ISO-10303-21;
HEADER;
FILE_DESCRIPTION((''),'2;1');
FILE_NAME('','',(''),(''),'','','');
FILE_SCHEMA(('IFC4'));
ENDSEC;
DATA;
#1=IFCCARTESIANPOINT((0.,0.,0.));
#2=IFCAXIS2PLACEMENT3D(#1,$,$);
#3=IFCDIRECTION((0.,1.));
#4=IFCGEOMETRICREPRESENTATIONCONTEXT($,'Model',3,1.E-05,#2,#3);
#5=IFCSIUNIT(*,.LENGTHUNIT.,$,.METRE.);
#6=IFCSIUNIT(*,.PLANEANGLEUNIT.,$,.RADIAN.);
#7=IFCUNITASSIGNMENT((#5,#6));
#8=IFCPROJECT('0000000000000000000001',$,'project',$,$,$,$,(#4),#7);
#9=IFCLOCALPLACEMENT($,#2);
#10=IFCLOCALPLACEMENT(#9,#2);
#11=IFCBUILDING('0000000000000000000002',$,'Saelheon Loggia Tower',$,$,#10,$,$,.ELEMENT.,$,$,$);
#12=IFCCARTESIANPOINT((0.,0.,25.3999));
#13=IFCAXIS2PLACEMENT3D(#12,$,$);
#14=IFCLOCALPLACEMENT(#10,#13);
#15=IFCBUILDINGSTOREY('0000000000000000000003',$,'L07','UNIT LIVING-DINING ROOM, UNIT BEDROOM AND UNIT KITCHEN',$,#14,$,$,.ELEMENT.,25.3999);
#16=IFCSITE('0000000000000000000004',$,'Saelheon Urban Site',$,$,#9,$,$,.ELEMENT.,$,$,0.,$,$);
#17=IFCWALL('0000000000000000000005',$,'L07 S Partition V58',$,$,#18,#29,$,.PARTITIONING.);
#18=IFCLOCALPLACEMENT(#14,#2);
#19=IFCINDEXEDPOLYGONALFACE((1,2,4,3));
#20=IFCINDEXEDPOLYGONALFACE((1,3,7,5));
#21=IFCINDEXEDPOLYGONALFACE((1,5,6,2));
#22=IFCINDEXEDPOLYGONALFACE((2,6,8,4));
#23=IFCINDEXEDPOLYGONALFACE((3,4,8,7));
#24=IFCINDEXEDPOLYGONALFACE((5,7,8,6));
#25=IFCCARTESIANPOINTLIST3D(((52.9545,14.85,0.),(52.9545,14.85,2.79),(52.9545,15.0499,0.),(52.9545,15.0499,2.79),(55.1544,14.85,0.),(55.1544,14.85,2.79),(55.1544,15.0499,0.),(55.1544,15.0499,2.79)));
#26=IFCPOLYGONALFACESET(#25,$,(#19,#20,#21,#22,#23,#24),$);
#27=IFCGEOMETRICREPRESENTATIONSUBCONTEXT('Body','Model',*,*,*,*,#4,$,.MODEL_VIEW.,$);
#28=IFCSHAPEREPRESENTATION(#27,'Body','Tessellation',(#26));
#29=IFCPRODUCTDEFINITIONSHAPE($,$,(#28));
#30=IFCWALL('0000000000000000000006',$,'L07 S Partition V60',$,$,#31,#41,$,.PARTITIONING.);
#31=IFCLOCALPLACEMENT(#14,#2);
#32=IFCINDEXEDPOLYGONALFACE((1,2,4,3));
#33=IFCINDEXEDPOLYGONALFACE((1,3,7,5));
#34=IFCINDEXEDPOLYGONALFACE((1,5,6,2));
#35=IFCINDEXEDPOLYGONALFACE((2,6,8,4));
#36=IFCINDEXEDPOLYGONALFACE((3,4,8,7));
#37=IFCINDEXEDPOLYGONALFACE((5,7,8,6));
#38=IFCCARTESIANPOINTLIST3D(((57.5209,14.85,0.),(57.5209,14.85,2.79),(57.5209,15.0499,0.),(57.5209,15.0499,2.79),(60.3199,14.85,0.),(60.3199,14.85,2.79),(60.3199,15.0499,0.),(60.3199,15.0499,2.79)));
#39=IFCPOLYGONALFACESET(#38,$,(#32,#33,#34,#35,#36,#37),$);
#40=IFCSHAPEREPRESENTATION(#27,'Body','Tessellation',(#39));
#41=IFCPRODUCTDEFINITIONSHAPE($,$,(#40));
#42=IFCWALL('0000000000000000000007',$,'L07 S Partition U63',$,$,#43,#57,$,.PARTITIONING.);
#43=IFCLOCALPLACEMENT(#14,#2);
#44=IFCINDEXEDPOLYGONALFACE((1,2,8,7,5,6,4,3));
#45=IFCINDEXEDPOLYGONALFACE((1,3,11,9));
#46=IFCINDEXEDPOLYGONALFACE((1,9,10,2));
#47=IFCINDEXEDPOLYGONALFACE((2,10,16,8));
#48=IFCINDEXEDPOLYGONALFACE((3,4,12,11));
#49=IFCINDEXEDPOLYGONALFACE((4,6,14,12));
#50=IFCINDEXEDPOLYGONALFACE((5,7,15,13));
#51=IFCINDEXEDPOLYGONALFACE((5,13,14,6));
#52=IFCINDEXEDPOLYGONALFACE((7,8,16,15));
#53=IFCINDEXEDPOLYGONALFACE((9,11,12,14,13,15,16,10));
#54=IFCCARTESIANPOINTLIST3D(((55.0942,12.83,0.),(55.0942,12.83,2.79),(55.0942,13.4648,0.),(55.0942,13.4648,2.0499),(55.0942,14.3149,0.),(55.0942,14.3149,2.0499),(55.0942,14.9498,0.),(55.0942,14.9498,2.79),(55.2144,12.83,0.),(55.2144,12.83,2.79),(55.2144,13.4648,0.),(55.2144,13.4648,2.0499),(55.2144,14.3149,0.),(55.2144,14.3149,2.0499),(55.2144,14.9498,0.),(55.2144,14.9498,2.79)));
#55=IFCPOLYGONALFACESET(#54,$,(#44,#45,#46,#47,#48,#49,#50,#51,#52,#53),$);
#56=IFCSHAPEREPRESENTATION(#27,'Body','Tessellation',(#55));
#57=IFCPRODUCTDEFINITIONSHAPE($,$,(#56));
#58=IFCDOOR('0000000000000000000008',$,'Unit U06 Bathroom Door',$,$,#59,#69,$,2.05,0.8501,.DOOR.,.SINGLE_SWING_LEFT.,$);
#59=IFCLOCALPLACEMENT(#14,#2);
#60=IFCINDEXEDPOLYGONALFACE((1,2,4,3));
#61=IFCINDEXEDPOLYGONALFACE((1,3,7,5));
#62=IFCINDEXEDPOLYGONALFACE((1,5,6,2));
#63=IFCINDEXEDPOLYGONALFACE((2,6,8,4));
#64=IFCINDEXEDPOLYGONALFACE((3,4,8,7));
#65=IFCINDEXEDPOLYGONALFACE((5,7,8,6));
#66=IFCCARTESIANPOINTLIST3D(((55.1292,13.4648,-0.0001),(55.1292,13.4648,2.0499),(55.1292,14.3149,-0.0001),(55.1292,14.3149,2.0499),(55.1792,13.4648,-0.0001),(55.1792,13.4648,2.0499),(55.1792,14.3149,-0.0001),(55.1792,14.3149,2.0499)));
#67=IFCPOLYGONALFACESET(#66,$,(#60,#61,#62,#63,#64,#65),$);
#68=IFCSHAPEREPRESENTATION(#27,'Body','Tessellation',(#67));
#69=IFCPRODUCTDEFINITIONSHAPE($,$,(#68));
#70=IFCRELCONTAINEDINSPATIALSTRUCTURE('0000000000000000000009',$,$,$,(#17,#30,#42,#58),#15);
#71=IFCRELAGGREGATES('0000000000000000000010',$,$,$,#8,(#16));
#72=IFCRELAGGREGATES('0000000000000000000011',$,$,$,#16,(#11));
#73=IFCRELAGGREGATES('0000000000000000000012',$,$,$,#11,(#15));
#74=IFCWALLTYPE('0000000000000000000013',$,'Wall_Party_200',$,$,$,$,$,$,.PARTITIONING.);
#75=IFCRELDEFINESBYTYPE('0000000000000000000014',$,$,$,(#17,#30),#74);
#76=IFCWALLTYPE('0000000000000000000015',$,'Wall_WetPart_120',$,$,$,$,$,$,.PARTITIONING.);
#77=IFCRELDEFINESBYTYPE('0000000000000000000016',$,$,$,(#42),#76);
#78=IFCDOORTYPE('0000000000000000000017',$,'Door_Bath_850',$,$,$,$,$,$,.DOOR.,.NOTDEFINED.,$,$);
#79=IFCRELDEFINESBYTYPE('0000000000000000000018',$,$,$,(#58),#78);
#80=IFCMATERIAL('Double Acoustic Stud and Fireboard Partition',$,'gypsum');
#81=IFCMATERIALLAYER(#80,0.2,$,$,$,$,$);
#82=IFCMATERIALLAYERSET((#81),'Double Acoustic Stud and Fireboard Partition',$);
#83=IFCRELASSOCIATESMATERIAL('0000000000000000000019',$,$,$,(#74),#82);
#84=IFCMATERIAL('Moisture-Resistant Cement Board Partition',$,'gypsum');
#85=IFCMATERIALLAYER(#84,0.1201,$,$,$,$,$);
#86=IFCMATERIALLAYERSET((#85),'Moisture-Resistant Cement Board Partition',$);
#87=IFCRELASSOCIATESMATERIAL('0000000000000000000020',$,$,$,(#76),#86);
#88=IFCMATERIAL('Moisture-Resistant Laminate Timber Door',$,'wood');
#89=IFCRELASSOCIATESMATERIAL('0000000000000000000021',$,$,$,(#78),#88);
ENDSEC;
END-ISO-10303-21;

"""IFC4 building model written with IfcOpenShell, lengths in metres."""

from ifc_helpers import new_model, si_unit, direction, frame, frame_2d, origin, place, context, subcontext, project, spatial, rectangle, extrude, source, transform, mapped, material, layer, layer_set, type_object, element, fill, save


model = new_model("IFC4")

# Units and contexts
model_context = context("Model", 3, precision=1e-05, world=origin(), true_north=direction((0.0, 1.0)))
body_context = subcontext(model_context, "Body", "Model", "MODEL_VIEW")
ifc_project = project(units=[si_unit("LENGTHUNIT", "METRE"), si_unit("PLANEANGLEUNIT", "RADIAN")], contexts=[model_context])

# Site, building, storey
site_placement = place(None, origin())
site = spatial("IfcSite", under=ifc_project, at=site_placement, Name="Saelheon Urban Site", CompositionType="ELEMENT", RefElevation=0.0)
building_placement = place(site_placement, origin())
building = spatial("IfcBuilding", under=site, at=building_placement, Name="Saelheon Loggia Tower", CompositionType="ELEMENT")
storey_placement = place(building_placement, frame((0.0, 0.0, 25.3999)))
storey = spatial("IfcBuildingStorey", under=building, at=storey_placement, Name="L07", Description="UNIT LIVING-DINING ROOM, UNIT BEDROOM AND UNIT KITCHEN", CompositionType="ELEMENT", Elevation=25.3999)

# Wall
ifc_material_1 = material(Name="Double Acoustic Stud and Fireboard Partition", Category="gypsum")
ifc_layer_1 = layer(ifc_material_1, 0.2)
ifc_layer_set_1 = layer_set([ifc_layer_1], Name="Double Acoustic Stud and Fireboard Partition")
wall_type_1 = type_object("IfcWallType", Name="Wall_Party_200", PredefinedType="PARTITIONING", material=ifc_layer_set_1)
wall_1_placement = place(storey_placement, frame((52.9543, 14.95, 0.0), z_axis=(0.0, 0.0, 1.0), x_axis=(1.0, 0.0, 0.0)))
element("IfcWall", 1, at=wall_1_placement, inside=storey, type_object=wall_type_1, Name="L07 S Partition V58", PredefinedType="PARTITIONING", context=body_context, shape_type="SweptSolid", body=[
    extrude(rectangle(XDim=2.2, YDim=0.2, at=frame_2d((1.1001, 0.0))), origin(), (0.0, 0.0, 1.0), 2.79),
])

# Wall
wall_2_placement = place(storey_placement, frame((57.521, 14.95, 0.0), z_axis=(0.0, 0.0, 1.0), x_axis=(1.0, 0.0, 0.0)))
element("IfcWall", 2, at=wall_2_placement, inside=storey, type_object=wall_type_1, Name="L07 S Partition V60", PredefinedType="PARTITIONING", context=body_context, shape_type="SweptSolid", body=[
    extrude(rectangle(XDim=2.7991, YDim=0.2, at=frame_2d((1.3994, 0.0))), origin(), (0.0, 0.0, 1.0), 2.79),
])

# Wall, opening, door
ifc_material_2 = material(Name="Moisture-Resistant Cement Board Partition", Category="gypsum")
ifc_layer_2 = layer(ifc_material_2, 0.1201)
ifc_layer_set_2 = layer_set([ifc_layer_2], Name="Moisture-Resistant Cement Board Partition")
wall_type_2 = type_object("IfcWallType", Name="Wall_WetPart_120", PredefinedType="PARTITIONING", material=ifc_layer_set_2)
wall_3_placement = place(storey_placement, frame((55.1543, 14.95, 0.0), z_axis=(0.0, 0.0, 1.0), x_axis=(0.0, -1.0, 0.0)))
wall_3 = element("IfcWall", 3, at=wall_3_placement, inside=storey, type_object=wall_type_2, Name="L07 S Partition U63", PredefinedType="PARTITIONING", context=body_context, shape_type="SweptSolid", body=[
    extrude(rectangle(XDim=2.1199, YDim=0.1201, at=frame_2d((1.0601, 0.0))), origin(), (0.0, 0.0, 1.0), 2.79),
])
opening_1_placement = place(wall_3_placement, frame((0.635, 0.0, 0.0)))
opening_1 = element("IfcOpeningElement", 4, at=opening_1_placement, cuts=wall_3, PredefinedType="OPENING", context=body_context, shape_type="SweptSolid", body=[
    extrude(rectangle(XDim=0.8501, YDim=2.05, at=frame_2d((0.425, 1.0249))), frame((0.0, 0.072, 0.0), z_axis=(0.0, -1.0, 0.0), x_axis=(1.0, 0.0, 0.0)), (0.0, 0.0, 1.0), 0.144),
])
ifc_material_3 = material(Name="Moisture-Resistant Laminate Timber Door", Category="wood")
door_type_1 = type_object("IfcDoorType", Name="Door_Bath_850", OperationType="NOTDEFINED", PredefinedType="DOOR", material=ifc_material_3)
shared_shape_1 = source(origin(), body_context, "Body", "SweptSolid", [
    extrude(rectangle(XDim=0.8501, YDim=2.05, at=frame_2d((0.425, 1.0249))), frame((0.0, 0.0249, 0.0), z_axis=(0.0, -1.0, 0.0), x_axis=(1.0, 0.0, 0.0)), (0.0, 0.0, 1.0), 0.05),
])
door_1_placement = place(opening_1_placement, origin())
door_1 = element("IfcDoor", 5, at=door_1_placement, inside=storey, type_object=door_type_1, Name="Unit U06 Bathroom Door", OperationType="SINGLE_SWING_LEFT", OverallHeight=2.05, OverallWidth=0.8501, PredefinedType="DOOR", context=body_context, shape_type="MappedRepresentation", body=[
    mapped(shared_shape_1, transform((0.0, 0.0, 0.0), scale=1.0)),
])
fill(opening_1, door_1)

save(model, "model.ifc")
